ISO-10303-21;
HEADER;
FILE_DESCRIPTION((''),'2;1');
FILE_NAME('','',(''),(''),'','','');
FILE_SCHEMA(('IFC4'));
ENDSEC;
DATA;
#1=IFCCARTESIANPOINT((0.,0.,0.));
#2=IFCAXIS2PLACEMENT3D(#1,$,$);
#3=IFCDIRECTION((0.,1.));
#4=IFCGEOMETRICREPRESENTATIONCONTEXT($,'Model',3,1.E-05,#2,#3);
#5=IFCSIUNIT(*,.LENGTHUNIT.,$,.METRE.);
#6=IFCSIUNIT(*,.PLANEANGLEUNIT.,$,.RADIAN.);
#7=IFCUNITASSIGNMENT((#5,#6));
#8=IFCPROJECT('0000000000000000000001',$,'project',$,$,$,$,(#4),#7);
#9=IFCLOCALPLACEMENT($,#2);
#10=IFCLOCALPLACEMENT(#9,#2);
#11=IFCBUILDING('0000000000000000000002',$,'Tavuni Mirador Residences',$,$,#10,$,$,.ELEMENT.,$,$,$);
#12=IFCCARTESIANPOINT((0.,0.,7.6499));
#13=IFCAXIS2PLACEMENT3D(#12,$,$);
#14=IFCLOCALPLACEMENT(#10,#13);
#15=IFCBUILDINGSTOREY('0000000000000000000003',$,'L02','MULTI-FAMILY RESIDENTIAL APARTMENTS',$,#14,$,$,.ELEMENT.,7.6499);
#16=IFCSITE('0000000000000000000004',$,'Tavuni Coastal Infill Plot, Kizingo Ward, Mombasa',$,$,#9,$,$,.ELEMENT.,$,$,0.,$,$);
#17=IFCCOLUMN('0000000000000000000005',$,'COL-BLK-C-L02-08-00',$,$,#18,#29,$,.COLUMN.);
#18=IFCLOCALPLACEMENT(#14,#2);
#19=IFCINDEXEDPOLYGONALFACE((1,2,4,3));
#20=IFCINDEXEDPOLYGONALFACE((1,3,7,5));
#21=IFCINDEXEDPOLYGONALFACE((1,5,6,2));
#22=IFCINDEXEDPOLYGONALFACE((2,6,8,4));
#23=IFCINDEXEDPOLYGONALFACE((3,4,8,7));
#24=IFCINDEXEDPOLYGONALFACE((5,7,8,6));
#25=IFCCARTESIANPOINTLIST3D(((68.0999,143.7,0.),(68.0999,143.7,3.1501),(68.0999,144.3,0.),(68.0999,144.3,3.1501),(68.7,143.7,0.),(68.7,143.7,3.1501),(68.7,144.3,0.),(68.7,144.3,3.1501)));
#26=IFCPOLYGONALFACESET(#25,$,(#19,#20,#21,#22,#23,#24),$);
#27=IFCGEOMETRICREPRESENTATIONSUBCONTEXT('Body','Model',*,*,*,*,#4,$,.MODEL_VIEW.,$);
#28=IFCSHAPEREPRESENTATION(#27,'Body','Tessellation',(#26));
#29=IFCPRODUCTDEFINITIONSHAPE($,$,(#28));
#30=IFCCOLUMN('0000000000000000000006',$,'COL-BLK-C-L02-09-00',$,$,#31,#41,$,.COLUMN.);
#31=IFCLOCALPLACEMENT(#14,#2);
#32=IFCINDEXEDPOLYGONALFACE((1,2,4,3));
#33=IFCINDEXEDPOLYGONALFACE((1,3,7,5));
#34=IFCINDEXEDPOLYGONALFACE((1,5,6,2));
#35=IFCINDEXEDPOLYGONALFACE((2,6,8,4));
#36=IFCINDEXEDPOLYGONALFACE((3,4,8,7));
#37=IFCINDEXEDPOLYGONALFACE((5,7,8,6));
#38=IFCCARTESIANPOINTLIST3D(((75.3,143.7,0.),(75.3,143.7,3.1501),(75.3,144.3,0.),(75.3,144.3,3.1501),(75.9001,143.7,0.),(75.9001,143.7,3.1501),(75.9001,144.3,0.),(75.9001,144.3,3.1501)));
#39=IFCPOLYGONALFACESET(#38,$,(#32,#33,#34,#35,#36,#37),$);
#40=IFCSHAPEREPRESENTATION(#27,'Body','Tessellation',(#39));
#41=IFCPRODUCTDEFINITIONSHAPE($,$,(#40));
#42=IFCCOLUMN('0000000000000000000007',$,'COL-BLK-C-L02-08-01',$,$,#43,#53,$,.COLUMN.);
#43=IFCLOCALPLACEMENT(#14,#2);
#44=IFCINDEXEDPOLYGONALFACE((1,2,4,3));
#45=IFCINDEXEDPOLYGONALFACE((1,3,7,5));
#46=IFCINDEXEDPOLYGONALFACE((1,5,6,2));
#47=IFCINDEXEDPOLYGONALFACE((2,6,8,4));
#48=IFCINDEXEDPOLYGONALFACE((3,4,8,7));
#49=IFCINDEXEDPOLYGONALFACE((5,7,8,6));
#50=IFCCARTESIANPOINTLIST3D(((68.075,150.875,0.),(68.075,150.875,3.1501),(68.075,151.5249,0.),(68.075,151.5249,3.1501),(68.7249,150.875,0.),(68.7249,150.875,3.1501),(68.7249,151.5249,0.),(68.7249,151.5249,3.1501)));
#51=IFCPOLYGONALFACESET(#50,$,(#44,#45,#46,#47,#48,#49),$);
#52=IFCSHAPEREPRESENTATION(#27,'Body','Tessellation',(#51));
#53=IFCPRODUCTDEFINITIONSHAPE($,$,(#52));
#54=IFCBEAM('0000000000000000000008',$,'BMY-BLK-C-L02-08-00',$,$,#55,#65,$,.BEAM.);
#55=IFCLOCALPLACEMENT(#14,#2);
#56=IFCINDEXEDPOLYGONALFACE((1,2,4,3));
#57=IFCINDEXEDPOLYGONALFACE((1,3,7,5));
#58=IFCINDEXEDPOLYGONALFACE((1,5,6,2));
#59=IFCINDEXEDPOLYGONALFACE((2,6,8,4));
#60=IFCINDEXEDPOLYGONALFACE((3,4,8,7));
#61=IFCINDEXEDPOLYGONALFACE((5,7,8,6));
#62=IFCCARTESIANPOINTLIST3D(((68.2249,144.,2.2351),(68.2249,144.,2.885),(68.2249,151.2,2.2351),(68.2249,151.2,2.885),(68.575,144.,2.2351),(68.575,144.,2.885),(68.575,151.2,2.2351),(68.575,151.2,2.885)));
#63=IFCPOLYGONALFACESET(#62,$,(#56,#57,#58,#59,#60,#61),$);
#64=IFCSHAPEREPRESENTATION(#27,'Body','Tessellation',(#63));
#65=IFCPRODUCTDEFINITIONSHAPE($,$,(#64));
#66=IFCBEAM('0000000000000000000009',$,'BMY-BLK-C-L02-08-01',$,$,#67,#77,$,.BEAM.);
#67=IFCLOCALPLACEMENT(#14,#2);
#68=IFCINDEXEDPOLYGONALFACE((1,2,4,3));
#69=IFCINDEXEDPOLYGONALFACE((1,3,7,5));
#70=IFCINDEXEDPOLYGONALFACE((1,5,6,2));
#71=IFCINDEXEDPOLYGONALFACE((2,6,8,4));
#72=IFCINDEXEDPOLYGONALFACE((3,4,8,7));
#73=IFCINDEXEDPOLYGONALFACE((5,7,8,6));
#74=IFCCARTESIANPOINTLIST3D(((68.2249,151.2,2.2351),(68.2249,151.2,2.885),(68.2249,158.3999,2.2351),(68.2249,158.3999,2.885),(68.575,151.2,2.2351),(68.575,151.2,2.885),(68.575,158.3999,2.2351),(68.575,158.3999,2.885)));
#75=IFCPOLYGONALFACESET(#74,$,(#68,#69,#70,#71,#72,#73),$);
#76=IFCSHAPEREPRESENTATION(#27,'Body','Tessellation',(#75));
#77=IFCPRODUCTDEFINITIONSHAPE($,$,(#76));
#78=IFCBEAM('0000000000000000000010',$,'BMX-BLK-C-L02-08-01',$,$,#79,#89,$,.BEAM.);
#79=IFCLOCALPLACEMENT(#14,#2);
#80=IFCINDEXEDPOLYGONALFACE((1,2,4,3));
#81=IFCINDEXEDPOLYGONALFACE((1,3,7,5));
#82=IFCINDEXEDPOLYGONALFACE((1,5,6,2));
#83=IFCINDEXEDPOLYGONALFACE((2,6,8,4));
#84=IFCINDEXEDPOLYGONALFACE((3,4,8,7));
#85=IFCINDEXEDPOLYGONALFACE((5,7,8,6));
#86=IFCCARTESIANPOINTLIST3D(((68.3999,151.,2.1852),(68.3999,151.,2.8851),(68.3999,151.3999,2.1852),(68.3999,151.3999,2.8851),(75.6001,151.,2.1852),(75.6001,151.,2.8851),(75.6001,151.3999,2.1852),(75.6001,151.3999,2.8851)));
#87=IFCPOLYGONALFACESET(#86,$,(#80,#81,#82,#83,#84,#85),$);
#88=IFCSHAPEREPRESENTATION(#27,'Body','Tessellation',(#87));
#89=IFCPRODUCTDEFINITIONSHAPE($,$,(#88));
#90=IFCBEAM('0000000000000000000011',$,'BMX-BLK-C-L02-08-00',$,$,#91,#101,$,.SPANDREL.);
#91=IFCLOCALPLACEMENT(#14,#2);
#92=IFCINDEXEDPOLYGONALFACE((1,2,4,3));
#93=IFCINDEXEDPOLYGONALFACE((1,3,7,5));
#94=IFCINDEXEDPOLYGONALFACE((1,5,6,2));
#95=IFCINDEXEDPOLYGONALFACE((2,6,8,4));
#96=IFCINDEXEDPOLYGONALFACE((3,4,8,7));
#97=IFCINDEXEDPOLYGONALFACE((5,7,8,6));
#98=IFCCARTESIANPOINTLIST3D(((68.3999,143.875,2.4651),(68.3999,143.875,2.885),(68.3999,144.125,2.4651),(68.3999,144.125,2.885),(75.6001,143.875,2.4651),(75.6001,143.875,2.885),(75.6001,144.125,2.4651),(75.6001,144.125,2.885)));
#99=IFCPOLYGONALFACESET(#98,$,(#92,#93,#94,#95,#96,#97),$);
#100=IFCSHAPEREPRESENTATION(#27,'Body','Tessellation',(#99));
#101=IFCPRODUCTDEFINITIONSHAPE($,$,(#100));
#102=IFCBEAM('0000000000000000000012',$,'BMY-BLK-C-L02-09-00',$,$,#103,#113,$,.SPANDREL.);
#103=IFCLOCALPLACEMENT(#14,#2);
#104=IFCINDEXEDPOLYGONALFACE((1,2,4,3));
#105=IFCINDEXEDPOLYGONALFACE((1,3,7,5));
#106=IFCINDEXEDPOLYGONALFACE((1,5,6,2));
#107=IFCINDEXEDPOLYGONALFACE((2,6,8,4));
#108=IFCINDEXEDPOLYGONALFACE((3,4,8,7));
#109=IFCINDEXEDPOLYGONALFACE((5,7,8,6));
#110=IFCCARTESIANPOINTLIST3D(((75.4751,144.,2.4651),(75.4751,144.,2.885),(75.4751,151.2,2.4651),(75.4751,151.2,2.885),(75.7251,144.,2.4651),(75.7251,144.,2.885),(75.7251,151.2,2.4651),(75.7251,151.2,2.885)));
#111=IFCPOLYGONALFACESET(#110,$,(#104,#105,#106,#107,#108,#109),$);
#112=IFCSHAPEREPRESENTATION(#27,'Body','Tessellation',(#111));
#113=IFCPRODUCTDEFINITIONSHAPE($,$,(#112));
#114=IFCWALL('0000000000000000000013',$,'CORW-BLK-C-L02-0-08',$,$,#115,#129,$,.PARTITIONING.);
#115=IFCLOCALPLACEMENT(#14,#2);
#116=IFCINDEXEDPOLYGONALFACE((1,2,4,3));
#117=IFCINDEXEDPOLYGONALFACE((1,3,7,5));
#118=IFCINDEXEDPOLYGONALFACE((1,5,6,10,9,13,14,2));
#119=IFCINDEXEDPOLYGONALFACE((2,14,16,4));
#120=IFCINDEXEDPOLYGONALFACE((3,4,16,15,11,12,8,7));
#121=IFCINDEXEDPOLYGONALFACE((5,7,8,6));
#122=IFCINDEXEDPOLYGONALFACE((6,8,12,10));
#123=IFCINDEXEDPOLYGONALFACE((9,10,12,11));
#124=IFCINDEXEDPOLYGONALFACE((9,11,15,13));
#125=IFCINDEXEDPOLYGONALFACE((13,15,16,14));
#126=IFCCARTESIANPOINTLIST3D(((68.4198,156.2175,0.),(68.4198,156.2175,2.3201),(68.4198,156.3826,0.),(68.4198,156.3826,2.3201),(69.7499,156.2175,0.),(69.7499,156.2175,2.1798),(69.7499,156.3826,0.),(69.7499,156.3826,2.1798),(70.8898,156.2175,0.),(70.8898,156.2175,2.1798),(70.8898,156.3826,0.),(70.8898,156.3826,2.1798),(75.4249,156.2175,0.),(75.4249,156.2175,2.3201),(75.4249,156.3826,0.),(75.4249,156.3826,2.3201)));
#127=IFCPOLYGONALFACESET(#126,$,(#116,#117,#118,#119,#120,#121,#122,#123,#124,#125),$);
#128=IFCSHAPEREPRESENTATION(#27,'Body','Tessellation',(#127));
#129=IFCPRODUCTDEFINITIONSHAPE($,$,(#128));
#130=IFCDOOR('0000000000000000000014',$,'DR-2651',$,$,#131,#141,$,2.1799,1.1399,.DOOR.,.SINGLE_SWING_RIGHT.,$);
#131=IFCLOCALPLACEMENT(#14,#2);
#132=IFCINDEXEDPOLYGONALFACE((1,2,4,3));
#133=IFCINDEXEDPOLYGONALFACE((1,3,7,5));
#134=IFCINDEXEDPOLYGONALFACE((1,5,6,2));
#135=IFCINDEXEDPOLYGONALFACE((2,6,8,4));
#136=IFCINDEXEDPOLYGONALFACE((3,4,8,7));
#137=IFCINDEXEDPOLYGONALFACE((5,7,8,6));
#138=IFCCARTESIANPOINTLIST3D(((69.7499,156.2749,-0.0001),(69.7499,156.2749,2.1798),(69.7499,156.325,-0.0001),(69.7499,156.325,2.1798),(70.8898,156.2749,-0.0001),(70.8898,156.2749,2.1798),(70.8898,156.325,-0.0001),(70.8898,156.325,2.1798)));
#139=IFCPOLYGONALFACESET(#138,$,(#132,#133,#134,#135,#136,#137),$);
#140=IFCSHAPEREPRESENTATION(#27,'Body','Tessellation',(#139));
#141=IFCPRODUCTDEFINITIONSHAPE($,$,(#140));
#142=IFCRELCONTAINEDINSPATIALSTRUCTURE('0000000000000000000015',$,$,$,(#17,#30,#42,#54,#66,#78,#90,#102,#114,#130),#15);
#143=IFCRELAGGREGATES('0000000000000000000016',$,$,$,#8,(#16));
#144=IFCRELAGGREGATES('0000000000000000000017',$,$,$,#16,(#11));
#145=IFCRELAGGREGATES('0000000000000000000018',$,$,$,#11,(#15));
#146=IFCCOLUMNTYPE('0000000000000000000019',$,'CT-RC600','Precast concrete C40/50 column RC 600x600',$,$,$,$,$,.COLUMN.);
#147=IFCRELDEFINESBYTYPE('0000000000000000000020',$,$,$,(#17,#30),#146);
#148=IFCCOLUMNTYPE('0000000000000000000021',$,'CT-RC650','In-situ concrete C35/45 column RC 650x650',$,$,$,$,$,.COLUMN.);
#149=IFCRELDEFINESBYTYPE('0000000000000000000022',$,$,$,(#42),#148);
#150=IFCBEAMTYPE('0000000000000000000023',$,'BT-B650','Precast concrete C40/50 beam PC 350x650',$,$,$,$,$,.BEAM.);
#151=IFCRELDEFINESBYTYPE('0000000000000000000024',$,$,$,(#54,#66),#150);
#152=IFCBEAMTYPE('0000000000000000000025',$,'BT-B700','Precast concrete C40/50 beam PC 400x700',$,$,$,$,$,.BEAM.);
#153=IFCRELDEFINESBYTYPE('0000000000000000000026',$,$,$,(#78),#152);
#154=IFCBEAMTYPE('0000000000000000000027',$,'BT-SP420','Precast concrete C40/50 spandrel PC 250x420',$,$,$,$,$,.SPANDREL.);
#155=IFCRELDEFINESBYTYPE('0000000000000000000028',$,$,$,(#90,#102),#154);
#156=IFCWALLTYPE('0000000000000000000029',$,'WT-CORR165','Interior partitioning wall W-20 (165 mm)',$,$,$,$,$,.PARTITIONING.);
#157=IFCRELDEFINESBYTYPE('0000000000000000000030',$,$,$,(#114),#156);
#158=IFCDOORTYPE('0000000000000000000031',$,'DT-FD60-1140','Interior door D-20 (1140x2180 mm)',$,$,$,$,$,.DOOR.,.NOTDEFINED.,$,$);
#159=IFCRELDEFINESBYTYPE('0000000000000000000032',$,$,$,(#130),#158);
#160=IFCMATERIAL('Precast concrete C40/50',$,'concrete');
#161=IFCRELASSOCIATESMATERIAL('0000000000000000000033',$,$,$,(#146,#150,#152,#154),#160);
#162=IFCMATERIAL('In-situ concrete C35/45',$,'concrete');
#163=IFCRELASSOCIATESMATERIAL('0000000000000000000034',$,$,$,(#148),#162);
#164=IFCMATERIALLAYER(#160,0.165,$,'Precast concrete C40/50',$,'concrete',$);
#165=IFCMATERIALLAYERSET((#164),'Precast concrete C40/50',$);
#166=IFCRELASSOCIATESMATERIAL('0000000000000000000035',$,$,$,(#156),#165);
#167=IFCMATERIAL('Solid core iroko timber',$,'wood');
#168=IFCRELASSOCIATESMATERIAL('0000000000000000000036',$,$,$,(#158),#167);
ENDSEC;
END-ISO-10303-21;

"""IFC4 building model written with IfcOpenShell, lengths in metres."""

from ifc_helpers import new_model, si_unit, direction, frame, frame_2d, origin, origin_2d, place, context, subcontext, project, spatial, rectangle, extrude, material, layer, layer_set, material_profile, profile_set, type_object, element, fill, save


model = new_model("IFC4")

# Units and contexts
model_context = context("Model", 3, precision=1e-05, world=origin(), true_north=direction((0.0, 1.0)))
body_context = subcontext(model_context, "Body", "Model", "MODEL_VIEW")
ifc_project = project(units=[si_unit("LENGTHUNIT", "METRE"), si_unit("PLANEANGLEUNIT", "RADIAN")], contexts=[model_context])

# Site, building, storey
site_placement = place(None, origin())
site = spatial("IfcSite", under=ifc_project, at=site_placement, Name="Tavuni Coastal Infill Plot, Kizingo Ward, Mombasa", CompositionType="ELEMENT", RefElevation=0.0)
building_placement = place(site_placement, origin())
building = spatial("IfcBuilding", under=site, at=building_placement, Name="Tavuni Mirador Residences", CompositionType="ELEMENT")
storey_placement = place(building_placement, frame((0.0, 0.0, 7.6499)))
storey = spatial("IfcBuildingStorey", under=building, at=storey_placement, Name="L02", Description="MULTI-FAMILY RESIDENTIAL APARTMENTS", CompositionType="ELEMENT", Elevation=7.6499)

# Columns
ifc_material_1 = material(Name="Precast concrete C40/50", Category="concrete")
ifc_material_profile_1 = material_profile(ifc_material_1, rectangle(XDim=0.6001, YDim=0.6001, at=origin_2d()), Name="RC 600x600", Category="concrete")
ifc_profile_set_1 = profile_set([ifc_material_profile_1], Name="Precast concrete C40/50")
column_type_1 = type_object("IfcColumnType", Name="CT-RC600", Description="Precast concrete C40/50 column RC 600x600", PredefinedType="COLUMN", material=ifc_profile_set_1)
for number, where, z_axis, x_axis, name in (
    (1, (68.3999, 144.0, 0.0), (0.0, 0.0, 1.0), (1.0, 0.0, 0.0), "COL-BLK-C-L02-08-00"),
    (2, (75.6001, 144.0, 0.0), (0.0, 0.0, 1.0), (1.0, 0.0, 0.0), "COL-BLK-C-L02-09-00"),
):
    element("IfcColumn", number, at=place(storey_placement, frame(where, z_axis=z_axis, x_axis=x_axis)), inside=storey, type_object=column_type_1, Name=name, PredefinedType="COLUMN", context=body_context, shape_type="SweptSolid", body=[
        extrude(rectangle(XDim=0.6001, YDim=0.6001, at=origin_2d()), origin(), (0.0, 0.0, 1.0), 3.1501),
    ])
ifc_material_2 = material(Name="In-situ concrete C35/45", Category="concrete")
ifc_material_profile_2 = material_profile(ifc_material_2, rectangle(XDim=0.6499, YDim=0.6499, at=origin_2d()), Name="RC 650x650", Category="concrete")
ifc_profile_set_2 = profile_set([ifc_material_profile_2], Name="In-situ concrete C35/45")
column_type_2 = type_object("IfcColumnType", Name="CT-RC650", Description="In-situ concrete C35/45 column RC 650x650", PredefinedType="COLUMN", material=ifc_profile_set_2)
column_placement = place(storey_placement, frame((68.3999, 151.2, 0.0), z_axis=(0.0, 0.0, 1.0), x_axis=(1.0, 0.0, 0.0)))
element("IfcColumn", 3, at=column_placement, inside=storey, type_object=column_type_2, Name="COL-BLK-C-L02-08-01", PredefinedType="COLUMN", context=body_context, shape_type="SweptSolid", body=[
    extrude(rectangle(XDim=0.6499, YDim=0.6499, at=origin_2d()), origin(), (0.0, 0.0, 1.0), 3.1501),
])

# Beams
ifc_material_profile_3 = material_profile(ifc_material_1, rectangle(XDim=0.3501, YDim=0.6499, at=origin_2d()), Name="PC 350x650", Category="concrete")
ifc_profile_set_3 = profile_set([ifc_material_profile_3], Name="Precast concrete C40/50")
beam_type_1 = type_object("IfcBeamType", Name="BT-B650", Description="Precast concrete C40/50 beam PC 350x650", PredefinedType="BEAM", material=ifc_profile_set_3)
for number, where, z_axis, x_axis, name in (
    (4, (68.3999, 144.0, 2.5601), (0.0, 1.0, 0.0), (-1.0, 0.0, 0.0), "BMY-BLK-C-L02-08-00"),
    (5, (68.3999, 151.2, 2.5601), (0.0, 1.0, 0.0), (-1.0, 0.0, 0.0), "BMY-BLK-C-L02-08-01"),
):
    element("IfcBeam", number, at=place(storey_placement, frame(where, z_axis=z_axis, x_axis=x_axis)), inside=storey, type_object=beam_type_1, Name=name, PredefinedType="BEAM", context=body_context, shape_type="SweptSolid", body=[
        extrude(rectangle(XDim=0.3501, YDim=0.6499, at=origin_2d()), origin(), (0.0, 0.0, 1.0), 7.2),
    ])
ifc_material_profile_4 = material_profile(ifc_material_1, rectangle(XDim=0.3999, YDim=0.7, at=origin_2d()), Name="PC 400x700", Category="concrete")
ifc_profile_set_4 = profile_set([ifc_material_profile_4], Name="Precast concrete C40/50")
beam_type_2 = type_object("IfcBeamType", Name="BT-B700", Description="Precast concrete C40/50 beam PC 400x700", PredefinedType="BEAM", material=ifc_profile_set_4)
beam_1_placement = place(storey_placement, frame((68.3999, 151.2, 2.5352), z_axis=(1.0, 0.0, 0.0), x_axis=(0.0, 1.0, 0.0)))
element("IfcBeam", 6, at=beam_1_placement, inside=storey, type_object=beam_type_2, Name="BMX-BLK-C-L02-08-01", PredefinedType="BEAM", context=body_context, shape_type="SweptSolid", body=[
    extrude(rectangle(XDim=0.3999, YDim=0.7, at=origin_2d()), origin(), (0.0, 0.0, 1.0), 7.2002),
])
ifc_material_profile_5 = material_profile(ifc_material_1, rectangle(XDim=0.25, YDim=0.4199, at=origin_2d()), Name="PC 250x420", Category="concrete")
ifc_profile_set_5 = profile_set([ifc_material_profile_5], Name="Precast concrete C40/50")
beam_type_3 = type_object("IfcBeamType", Name="BT-SP420", Description="Precast concrete C40/50 spandrel PC 250x420", PredefinedType="SPANDREL", material=ifc_profile_set_5)
beam_2_placement = place(storey_placement, frame((68.3999, 144.0, 2.675), z_axis=(1.0, 0.0, 0.0), x_axis=(0.0, 1.0, 0.0)))
element("IfcBeam", 7, at=beam_2_placement, inside=storey, type_object=beam_type_3, Name="BMX-BLK-C-L02-08-00", PredefinedType="SPANDREL", context=body_context, shape_type="SweptSolid", body=[
    extrude(rectangle(XDim=0.25, YDim=0.4199, at=origin_2d()), origin(), (0.0, 0.0, 1.0), 7.2002),
])
beam_3_placement = place(storey_placement, frame((75.6001, 144.0, 2.675), z_axis=(0.0, 1.0, 0.0), x_axis=(-1.0, 0.0, 0.0)))
element("IfcBeam", 8, at=beam_3_placement, inside=storey, type_object=beam_type_3, Name="BMY-BLK-C-L02-09-00", PredefinedType="SPANDREL", context=body_context, shape_type="SweptSolid", body=[
    extrude(rectangle(XDim=0.25, YDim=0.4199, at=origin_2d()), origin(), (0.0, 0.0, 1.0), 7.2),
])

# Wall, opening, door
ifc_layer_1 = layer(ifc_material_1, 0.165, Name="Precast concrete C40/50", Category="concrete")
ifc_layer_set_1 = layer_set([ifc_layer_1], Name="Precast concrete C40/50")
wall_type_1 = type_object("IfcWallType", Name="WT-CORR165", Description="Interior partitioning wall W-20 (165 mm)", PredefinedType="PARTITIONING", material=ifc_layer_set_1)
wall_1_placement = place(storey_placement, frame((68.4199, 156.3, 0.0), z_axis=(0.0, 0.0, 1.0), x_axis=(1.0, 0.0, 0.0)))
wall_1 = element("IfcWall", 9, at=wall_1_placement, inside=storey, type_object=wall_type_1, Name="CORW-BLK-C-L02-0-08", PredefinedType="PARTITIONING", context=body_context, shape_type="SweptSolid", body=[
    extrude(rectangle(XDim=7.0051, YDim=0.165, at=frame_2d((3.5024, 0.0))), origin(), (0.0, 0.0, 1.0), 2.3201),
])
opening_1_placement = place(wall_1_placement, frame((1.3301, 0.0, 0.0)))
opening_1 = element("IfcOpeningElement", 10, at=opening_1_placement, cuts=wall_1, PredefinedType="OPENING", context=body_context, shape_type="SweptSolid", body=[
    extrude(rectangle(XDim=1.1399, YDim=2.1799, at=frame_2d((0.5698, 1.0898))), frame((0.0, 0.0925, 0.0), z_axis=(0.0, -1.0, 0.0), x_axis=(1.0, 0.0, 0.0)), (0.0, 0.0, 1.0), 0.1851),
])
ifc_material_3 = material(Name="Solid core iroko timber", Category="wood")
door_type_1 = type_object("IfcDoorType", Name="DT-FD60-1140", Description="Interior door D-20 (1140x2180 mm)", OperationType="NOTDEFINED", PredefinedType="DOOR", material=ifc_material_3)
door_1_placement = place(opening_1_placement, origin())
door_1 = element("IfcDoor", 11, at=door_1_placement, inside=storey, type_object=door_type_1, Name="DR-2651", OperationType="SINGLE_SWING_RIGHT", OverallHeight=2.1799, OverallWidth=1.1399, PredefinedType="DOOR", context=body_context, shape_type="SweptSolid", body=[
    extrude(rectangle(XDim=1.1399, YDim=2.1799, at=frame_2d((0.5698, 1.0898))), frame((0.0, 0.0249, 0.0), z_axis=(0.0, -1.0, 0.0), x_axis=(1.0, 0.0, 0.0)), (0.0, 0.0, 1.0), 0.05),
])
fill(opening_1, door_1)

save(model, "model.ifc")
